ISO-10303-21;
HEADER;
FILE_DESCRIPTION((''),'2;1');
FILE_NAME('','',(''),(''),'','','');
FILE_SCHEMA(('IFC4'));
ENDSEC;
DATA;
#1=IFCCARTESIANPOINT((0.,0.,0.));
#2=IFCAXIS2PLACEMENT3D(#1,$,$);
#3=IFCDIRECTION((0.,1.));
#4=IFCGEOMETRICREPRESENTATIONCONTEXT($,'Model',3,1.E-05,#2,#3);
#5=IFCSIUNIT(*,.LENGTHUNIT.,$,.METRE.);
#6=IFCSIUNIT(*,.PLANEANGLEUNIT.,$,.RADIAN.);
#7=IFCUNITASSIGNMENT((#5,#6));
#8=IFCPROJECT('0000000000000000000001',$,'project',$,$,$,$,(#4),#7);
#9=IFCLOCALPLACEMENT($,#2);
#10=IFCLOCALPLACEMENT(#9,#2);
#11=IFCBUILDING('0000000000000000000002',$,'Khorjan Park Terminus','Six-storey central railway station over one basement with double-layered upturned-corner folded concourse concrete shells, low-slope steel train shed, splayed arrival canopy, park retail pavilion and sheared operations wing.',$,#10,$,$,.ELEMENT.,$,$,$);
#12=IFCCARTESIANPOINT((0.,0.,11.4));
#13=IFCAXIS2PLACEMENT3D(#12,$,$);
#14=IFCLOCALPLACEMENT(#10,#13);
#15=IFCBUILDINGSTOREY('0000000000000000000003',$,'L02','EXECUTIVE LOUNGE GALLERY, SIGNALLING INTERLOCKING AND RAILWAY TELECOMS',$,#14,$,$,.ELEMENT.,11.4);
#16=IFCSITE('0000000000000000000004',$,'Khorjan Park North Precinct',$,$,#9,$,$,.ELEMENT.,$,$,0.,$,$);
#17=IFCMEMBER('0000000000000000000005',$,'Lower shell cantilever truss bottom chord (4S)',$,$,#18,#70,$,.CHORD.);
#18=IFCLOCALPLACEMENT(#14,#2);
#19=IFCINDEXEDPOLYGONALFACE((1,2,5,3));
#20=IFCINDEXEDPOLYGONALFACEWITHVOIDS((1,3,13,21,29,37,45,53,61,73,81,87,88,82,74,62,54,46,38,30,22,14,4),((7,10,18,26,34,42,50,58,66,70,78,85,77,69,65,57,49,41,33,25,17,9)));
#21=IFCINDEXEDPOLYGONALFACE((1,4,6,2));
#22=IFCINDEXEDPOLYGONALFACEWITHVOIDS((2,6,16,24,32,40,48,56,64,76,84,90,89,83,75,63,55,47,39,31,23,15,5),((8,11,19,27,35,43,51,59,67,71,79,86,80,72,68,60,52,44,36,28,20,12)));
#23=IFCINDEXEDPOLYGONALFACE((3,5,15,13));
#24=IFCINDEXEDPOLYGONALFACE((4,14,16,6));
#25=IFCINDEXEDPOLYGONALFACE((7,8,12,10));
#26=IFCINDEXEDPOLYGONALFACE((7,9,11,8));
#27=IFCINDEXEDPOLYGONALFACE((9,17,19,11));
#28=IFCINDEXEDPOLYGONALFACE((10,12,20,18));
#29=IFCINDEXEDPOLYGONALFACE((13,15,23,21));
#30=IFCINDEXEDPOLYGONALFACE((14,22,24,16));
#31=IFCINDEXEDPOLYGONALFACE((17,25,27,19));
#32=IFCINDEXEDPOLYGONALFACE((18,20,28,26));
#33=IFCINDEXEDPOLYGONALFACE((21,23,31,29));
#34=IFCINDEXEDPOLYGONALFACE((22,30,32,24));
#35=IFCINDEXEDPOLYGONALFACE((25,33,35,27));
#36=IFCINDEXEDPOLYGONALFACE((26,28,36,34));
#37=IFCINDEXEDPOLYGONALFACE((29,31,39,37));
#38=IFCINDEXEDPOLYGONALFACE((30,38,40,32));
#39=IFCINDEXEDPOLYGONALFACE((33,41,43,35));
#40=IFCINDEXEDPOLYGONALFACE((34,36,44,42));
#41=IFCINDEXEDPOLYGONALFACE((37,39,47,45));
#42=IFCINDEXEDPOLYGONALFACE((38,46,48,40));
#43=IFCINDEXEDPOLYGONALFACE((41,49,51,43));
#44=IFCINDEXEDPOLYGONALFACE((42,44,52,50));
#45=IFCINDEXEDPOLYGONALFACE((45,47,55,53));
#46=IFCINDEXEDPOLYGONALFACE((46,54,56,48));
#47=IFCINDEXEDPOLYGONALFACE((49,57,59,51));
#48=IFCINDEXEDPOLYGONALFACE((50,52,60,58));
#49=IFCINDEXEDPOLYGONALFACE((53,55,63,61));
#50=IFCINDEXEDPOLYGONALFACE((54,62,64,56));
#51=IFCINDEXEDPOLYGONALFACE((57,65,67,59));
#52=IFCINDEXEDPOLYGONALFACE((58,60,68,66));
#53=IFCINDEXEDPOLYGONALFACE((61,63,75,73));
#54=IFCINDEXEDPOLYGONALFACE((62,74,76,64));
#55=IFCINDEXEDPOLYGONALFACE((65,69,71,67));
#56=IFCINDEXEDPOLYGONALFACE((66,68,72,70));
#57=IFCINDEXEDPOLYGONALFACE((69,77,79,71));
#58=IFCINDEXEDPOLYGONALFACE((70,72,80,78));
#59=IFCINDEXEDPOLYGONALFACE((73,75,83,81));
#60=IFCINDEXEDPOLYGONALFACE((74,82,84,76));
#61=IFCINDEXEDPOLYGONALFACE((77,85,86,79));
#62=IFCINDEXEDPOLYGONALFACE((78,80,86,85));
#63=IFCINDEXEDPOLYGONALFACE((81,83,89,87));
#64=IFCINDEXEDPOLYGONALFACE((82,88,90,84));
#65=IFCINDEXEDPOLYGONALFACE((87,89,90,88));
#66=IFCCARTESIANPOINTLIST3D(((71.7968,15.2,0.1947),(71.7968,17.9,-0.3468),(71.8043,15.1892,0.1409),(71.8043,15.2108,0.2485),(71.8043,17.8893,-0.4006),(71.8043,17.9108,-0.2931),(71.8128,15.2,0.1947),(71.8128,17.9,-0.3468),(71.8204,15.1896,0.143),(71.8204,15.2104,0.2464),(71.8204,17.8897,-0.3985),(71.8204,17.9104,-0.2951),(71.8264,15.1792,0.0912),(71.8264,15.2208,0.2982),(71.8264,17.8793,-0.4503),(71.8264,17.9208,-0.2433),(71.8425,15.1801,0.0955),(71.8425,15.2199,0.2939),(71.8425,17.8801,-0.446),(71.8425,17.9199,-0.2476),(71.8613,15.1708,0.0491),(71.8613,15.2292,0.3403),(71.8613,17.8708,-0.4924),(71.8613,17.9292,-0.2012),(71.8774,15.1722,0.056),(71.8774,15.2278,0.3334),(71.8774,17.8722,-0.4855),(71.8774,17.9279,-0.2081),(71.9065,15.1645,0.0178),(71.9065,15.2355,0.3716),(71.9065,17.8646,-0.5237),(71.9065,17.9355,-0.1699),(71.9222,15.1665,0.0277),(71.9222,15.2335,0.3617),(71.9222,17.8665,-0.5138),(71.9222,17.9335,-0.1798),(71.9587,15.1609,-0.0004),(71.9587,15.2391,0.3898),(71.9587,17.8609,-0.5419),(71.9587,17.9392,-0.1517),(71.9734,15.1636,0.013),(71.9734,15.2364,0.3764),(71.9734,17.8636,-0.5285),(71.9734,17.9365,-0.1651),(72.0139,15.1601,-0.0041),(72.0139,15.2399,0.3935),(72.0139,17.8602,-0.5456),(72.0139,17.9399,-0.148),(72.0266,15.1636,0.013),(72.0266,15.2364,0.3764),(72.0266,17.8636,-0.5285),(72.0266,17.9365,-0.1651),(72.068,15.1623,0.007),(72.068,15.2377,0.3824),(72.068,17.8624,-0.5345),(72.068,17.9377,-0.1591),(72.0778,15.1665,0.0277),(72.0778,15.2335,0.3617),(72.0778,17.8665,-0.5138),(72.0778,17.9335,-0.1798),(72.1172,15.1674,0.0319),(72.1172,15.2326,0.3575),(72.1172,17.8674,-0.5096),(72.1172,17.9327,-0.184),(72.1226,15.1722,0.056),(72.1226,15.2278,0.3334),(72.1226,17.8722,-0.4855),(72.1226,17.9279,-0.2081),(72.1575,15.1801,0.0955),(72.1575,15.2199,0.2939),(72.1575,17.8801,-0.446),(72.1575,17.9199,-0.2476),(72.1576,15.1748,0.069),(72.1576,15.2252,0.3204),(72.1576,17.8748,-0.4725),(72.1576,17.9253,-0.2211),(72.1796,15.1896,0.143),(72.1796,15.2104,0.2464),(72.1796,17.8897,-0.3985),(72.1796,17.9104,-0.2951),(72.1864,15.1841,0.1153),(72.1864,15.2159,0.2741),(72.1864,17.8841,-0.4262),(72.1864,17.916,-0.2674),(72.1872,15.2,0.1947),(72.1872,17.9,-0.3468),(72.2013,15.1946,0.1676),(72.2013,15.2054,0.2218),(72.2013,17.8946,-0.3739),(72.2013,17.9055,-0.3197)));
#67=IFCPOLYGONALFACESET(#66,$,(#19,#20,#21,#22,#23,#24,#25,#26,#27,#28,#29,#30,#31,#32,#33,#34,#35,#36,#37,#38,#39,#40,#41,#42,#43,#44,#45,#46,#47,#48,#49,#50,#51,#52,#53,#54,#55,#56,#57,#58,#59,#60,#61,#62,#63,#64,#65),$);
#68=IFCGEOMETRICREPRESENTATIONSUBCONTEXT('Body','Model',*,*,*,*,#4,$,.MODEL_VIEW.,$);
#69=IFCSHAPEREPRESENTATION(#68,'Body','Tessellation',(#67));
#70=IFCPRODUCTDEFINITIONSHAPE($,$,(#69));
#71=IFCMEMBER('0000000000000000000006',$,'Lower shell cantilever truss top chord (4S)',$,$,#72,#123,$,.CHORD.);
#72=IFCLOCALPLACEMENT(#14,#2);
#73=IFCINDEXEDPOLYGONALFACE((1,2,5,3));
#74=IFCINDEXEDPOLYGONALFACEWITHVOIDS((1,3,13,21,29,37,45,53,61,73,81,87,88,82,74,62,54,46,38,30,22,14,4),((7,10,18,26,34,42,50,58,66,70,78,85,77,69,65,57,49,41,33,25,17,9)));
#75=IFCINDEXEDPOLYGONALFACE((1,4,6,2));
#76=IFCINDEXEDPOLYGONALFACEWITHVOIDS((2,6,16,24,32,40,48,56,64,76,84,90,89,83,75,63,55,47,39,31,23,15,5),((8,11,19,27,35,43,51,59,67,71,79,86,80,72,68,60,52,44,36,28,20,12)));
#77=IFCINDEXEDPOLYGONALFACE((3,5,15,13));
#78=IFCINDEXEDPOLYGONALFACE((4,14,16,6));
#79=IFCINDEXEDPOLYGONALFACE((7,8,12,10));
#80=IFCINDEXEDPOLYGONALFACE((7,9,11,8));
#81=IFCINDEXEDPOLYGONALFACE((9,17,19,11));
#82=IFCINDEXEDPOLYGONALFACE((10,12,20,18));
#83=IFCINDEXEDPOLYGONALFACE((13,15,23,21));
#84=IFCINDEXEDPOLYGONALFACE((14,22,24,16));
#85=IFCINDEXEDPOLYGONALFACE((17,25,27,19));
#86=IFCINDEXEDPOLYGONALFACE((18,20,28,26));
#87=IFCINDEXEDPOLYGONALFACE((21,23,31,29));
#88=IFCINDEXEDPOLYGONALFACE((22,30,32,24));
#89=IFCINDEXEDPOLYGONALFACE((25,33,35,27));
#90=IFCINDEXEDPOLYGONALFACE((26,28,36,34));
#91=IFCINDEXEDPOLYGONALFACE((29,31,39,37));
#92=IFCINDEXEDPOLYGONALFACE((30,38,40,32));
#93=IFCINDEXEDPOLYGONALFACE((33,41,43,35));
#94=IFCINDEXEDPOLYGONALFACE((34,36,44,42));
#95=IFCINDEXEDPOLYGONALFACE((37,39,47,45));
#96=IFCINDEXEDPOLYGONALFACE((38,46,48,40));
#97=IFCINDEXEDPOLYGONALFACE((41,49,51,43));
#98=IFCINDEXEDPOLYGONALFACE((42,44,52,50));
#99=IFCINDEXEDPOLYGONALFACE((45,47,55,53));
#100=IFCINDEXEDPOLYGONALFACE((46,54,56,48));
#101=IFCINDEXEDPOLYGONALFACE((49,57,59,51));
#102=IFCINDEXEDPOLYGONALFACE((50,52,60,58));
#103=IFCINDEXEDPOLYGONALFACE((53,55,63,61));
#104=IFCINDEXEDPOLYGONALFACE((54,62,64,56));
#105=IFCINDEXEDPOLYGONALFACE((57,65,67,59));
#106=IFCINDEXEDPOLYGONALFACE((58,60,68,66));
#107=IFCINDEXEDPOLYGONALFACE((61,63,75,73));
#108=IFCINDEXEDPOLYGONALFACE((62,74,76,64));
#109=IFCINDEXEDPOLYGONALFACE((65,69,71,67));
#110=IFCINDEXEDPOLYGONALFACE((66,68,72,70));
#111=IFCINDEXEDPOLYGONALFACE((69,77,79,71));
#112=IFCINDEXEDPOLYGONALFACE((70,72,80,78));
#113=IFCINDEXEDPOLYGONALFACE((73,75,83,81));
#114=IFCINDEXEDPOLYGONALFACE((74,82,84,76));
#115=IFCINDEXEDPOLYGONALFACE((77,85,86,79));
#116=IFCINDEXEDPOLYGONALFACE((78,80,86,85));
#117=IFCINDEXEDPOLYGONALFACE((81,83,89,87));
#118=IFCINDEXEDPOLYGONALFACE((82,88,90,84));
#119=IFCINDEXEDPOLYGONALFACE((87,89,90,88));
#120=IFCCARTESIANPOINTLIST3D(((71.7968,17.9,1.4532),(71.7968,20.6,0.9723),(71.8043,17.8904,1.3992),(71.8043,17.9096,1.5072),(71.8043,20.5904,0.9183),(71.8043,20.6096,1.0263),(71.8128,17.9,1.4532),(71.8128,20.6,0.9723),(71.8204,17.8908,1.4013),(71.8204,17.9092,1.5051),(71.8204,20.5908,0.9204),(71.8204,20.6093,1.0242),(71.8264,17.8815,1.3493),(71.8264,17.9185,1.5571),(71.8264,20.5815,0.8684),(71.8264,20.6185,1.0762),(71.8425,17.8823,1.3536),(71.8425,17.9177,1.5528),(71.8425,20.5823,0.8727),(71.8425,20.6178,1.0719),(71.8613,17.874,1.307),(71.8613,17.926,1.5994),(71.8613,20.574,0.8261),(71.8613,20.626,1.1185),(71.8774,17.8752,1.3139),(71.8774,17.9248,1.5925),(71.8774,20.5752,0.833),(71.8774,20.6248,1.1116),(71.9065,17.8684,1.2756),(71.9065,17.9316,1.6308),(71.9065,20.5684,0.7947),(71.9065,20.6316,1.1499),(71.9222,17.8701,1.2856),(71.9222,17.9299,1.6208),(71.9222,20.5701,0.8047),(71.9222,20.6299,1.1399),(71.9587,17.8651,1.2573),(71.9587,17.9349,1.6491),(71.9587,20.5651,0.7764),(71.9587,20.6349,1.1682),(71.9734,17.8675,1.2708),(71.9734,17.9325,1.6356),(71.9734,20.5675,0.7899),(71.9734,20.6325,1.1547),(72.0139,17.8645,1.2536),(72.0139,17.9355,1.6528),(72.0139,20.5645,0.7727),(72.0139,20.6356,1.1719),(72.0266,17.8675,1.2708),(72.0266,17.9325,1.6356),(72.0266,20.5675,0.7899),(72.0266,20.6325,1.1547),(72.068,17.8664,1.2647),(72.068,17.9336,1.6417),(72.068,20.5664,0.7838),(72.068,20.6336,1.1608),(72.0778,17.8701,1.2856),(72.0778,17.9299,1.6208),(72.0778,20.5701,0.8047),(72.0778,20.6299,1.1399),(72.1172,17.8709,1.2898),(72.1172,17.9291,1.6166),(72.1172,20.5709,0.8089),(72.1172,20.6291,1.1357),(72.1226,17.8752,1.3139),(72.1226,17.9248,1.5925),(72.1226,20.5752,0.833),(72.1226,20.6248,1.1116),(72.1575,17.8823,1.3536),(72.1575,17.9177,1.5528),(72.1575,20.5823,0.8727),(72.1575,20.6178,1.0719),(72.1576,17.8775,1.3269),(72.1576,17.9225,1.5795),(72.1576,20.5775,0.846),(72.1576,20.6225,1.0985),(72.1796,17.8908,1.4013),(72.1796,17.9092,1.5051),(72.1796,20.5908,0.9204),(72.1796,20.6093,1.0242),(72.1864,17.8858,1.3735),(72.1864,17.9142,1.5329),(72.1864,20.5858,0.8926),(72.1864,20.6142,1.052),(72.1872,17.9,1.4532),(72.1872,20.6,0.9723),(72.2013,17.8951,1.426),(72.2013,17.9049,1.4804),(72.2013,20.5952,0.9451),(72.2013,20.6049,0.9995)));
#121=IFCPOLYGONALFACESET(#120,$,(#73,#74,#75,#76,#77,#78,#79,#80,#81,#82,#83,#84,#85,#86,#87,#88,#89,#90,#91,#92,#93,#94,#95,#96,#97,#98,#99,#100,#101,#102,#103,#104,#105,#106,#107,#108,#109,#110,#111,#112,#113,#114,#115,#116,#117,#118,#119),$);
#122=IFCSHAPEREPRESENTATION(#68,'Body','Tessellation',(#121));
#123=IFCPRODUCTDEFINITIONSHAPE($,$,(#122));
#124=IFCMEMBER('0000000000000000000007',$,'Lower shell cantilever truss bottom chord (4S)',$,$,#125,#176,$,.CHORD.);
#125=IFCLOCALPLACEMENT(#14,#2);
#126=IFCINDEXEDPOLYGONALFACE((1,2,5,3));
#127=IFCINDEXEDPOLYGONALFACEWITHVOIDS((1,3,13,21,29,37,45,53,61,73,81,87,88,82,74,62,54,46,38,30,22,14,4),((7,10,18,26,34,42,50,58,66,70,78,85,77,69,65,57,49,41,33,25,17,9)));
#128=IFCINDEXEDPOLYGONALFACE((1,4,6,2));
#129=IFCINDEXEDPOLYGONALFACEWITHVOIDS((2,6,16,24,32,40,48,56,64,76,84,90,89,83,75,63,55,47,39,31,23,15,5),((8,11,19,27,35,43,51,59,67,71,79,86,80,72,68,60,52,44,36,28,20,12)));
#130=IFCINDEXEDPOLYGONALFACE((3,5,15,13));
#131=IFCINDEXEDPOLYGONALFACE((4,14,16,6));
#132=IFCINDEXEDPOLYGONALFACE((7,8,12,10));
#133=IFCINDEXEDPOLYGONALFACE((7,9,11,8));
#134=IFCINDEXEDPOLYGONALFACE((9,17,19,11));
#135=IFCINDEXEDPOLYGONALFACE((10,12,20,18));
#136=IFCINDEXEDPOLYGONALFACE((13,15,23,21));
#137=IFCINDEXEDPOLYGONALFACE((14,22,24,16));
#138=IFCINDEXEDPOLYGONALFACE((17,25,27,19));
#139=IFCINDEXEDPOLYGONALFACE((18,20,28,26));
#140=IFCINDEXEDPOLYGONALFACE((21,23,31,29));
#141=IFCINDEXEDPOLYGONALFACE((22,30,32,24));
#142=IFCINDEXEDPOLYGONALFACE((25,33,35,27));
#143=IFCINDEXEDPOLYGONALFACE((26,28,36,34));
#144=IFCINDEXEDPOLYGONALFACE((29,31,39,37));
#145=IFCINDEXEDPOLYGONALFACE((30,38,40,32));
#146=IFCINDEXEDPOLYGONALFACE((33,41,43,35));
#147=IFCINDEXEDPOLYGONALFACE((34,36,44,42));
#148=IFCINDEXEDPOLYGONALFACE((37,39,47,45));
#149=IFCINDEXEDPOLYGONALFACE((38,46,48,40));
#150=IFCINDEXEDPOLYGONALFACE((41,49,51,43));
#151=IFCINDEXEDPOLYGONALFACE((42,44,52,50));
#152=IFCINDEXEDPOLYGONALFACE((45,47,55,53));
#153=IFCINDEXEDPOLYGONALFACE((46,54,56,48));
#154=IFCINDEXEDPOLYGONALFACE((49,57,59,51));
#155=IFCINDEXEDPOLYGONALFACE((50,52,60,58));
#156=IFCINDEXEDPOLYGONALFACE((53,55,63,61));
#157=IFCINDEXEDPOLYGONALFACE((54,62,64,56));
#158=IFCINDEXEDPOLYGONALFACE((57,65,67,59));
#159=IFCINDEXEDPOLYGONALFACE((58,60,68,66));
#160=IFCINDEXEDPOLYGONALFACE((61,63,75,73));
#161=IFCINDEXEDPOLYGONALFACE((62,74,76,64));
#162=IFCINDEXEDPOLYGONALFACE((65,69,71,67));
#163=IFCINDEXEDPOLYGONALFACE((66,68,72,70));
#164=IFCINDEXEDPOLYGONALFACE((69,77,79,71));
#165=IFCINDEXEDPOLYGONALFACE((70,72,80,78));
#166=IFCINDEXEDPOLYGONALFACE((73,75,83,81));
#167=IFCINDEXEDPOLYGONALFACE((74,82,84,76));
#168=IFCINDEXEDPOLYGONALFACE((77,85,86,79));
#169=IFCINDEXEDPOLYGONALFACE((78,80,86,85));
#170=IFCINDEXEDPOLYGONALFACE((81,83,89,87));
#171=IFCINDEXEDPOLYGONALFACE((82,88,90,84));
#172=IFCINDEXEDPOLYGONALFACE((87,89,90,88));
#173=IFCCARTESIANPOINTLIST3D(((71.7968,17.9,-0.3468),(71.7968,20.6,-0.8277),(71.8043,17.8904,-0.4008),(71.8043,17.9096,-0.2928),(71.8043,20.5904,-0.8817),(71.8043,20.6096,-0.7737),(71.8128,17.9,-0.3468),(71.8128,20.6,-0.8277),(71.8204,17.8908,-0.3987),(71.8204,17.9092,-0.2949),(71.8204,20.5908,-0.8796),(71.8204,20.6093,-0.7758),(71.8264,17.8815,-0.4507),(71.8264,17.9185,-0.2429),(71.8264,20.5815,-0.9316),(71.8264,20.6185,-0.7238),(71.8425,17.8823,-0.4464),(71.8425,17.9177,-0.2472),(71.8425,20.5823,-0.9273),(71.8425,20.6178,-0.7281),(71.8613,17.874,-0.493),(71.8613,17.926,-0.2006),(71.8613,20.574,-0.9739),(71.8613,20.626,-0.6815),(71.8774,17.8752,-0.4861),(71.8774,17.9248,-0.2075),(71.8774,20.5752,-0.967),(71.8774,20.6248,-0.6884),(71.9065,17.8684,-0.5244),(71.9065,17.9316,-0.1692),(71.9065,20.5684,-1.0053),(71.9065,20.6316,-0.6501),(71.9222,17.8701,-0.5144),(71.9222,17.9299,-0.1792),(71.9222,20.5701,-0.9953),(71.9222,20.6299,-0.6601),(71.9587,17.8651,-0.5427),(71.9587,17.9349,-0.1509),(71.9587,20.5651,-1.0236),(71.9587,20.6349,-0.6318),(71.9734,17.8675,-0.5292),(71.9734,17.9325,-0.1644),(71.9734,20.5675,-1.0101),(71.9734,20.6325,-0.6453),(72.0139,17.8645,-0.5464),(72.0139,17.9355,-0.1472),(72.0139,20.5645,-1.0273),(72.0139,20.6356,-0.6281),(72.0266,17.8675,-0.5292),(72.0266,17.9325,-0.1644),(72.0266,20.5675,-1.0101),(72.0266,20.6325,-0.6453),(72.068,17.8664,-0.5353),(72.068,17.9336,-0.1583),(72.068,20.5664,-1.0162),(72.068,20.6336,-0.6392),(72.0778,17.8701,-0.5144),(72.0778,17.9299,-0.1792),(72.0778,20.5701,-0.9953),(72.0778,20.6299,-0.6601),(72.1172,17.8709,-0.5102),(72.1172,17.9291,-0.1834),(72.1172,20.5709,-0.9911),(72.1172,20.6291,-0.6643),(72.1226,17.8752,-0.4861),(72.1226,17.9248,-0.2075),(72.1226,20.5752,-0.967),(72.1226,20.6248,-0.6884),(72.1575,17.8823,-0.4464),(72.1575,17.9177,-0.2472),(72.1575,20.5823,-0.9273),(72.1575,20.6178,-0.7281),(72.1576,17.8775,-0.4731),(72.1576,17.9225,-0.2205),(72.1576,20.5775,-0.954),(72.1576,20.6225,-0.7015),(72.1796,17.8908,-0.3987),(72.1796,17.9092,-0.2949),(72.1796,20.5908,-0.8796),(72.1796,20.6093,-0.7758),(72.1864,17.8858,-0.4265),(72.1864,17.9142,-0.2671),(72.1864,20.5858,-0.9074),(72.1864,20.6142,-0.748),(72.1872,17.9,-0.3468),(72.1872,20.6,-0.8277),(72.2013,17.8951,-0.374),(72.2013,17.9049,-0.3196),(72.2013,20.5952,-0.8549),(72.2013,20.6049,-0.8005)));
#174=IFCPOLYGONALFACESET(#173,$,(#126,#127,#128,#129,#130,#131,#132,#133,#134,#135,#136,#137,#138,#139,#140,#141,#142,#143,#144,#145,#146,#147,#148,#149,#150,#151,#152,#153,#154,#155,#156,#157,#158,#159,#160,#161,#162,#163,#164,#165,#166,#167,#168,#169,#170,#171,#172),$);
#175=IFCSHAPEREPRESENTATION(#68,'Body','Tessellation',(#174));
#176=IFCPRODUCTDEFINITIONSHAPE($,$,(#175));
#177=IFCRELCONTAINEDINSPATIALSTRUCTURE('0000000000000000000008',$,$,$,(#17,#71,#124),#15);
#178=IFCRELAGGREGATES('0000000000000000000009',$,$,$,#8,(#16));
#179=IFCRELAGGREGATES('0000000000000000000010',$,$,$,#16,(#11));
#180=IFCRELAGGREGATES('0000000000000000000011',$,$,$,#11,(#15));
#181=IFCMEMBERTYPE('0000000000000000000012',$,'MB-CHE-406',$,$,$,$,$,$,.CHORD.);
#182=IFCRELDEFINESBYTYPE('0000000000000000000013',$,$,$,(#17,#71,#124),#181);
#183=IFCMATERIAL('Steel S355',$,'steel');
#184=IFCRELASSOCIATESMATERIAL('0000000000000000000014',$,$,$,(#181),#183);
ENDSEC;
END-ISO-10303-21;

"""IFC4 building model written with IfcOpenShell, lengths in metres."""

from ifc_helpers import new_model, si_unit, direction, frame, origin, origin_2d, place, context, subcontext, project, spatial, hollow_circle, extrude, material, material_profile, profile_set, type_object, element, save


model = new_model("IFC4")

# Units and contexts
model_context = context("Model", 3, precision=1e-05, world=origin(), true_north=direction((0.0, 1.0)))
body_context = subcontext(model_context, "Body", "Model", "MODEL_VIEW")
ifc_project = project(units=[si_unit("LENGTHUNIT", "METRE"), si_unit("PLANEANGLEUNIT", "RADIAN")], contexts=[model_context])

# Site, building, storey
site_placement = place(None, origin())
site = spatial("IfcSite", under=ifc_project, at=site_placement, Name="Khorjan Park North Precinct", CompositionType="ELEMENT", RefElevation=0.0)
building_placement = place(site_placement, origin())
building = spatial("IfcBuilding", under=site, at=building_placement, Name="Khorjan Park Terminus", Description="Six-storey central railway station over one basement with double-layered upturned-corner folded concourse concrete shells, low-slope steel train shed, splayed arrival canopy, park retail pavilion and sheared operations wing.", CompositionType="ELEMENT")
storey_placement = place(building_placement, frame((0.0, 0.0, 11.4)))
storey = spatial("IfcBuildingStorey", under=building, at=storey_placement, Name="L02", Description="EXECUTIVE LOUNGE GALLERY, SIGNALLING INTERLOCKING AND RAILWAY TELECOMS", CompositionType="ELEMENT", Elevation=11.4)

# Members
ifc_material_1 = material(Name="Steel S355", Category="steel")
ifc_material_profile_1 = material_profile(ifc_material_1, hollow_circle(Radius=0.2032, WallThickness=0.016, at=origin_2d()), Name="CHS 406.4x16")
ifc_profile_set_1 = profile_set([ifc_material_profile_1], Name="Steel S355")
member_type_1 = type_object("IfcMemberType", Name="MB-CHE-406", PredefinedType="CHORD", material=ifc_profile_set_1)
for number, where, z_axis, x_axis, name in (
    (1, (72.0, 15.2, 0.1947), (0.0, 0.980476, -0.19664), (-1.0, 0.0, 0.0), "Lower shell cantilever truss bottom chord (4S)"),
):
    element("IfcMember", number, at=place(storey_placement, frame(where, z_axis=z_axis, x_axis=x_axis)), inside=storey, type_object=member_type_1, Name=name, PredefinedType="CHORD", context=body_context, shape_type="SweptSolid", body=[
        extrude(hollow_circle(Radius=0.2032, WallThickness=0.016, at=origin_2d()), origin(), (0.0, 0.0, 1.0), 2.7538),
    ])
for number, where, z_axis, x_axis, name in (
    (2, (72.0, 17.9, 1.4532), (0.0, 0.984506, -0.175351), (-1.0, 0.0, 0.0), "Lower shell cantilever truss top chord (4S)"),
    (3, (72.0, 17.9, -0.3468), (0.0, 0.984506, -0.175351), (-1.0, 0.0, 0.0), "Lower shell cantilever truss bottom chord (4S)"),
):
    element("IfcMember", number, at=place(storey_placement, frame(where, z_axis=z_axis, x_axis=x_axis)), inside=storey, type_object=member_type_1, Name=name, PredefinedType="CHORD", context=body_context, shape_type="SweptSolid", body=[
        extrude(hollow_circle(Radius=0.2032, WallThickness=0.016, at=origin_2d()), origin(), (0.0, 0.0, 1.0), 2.7425),
    ])

save(model, "model.ifc")
